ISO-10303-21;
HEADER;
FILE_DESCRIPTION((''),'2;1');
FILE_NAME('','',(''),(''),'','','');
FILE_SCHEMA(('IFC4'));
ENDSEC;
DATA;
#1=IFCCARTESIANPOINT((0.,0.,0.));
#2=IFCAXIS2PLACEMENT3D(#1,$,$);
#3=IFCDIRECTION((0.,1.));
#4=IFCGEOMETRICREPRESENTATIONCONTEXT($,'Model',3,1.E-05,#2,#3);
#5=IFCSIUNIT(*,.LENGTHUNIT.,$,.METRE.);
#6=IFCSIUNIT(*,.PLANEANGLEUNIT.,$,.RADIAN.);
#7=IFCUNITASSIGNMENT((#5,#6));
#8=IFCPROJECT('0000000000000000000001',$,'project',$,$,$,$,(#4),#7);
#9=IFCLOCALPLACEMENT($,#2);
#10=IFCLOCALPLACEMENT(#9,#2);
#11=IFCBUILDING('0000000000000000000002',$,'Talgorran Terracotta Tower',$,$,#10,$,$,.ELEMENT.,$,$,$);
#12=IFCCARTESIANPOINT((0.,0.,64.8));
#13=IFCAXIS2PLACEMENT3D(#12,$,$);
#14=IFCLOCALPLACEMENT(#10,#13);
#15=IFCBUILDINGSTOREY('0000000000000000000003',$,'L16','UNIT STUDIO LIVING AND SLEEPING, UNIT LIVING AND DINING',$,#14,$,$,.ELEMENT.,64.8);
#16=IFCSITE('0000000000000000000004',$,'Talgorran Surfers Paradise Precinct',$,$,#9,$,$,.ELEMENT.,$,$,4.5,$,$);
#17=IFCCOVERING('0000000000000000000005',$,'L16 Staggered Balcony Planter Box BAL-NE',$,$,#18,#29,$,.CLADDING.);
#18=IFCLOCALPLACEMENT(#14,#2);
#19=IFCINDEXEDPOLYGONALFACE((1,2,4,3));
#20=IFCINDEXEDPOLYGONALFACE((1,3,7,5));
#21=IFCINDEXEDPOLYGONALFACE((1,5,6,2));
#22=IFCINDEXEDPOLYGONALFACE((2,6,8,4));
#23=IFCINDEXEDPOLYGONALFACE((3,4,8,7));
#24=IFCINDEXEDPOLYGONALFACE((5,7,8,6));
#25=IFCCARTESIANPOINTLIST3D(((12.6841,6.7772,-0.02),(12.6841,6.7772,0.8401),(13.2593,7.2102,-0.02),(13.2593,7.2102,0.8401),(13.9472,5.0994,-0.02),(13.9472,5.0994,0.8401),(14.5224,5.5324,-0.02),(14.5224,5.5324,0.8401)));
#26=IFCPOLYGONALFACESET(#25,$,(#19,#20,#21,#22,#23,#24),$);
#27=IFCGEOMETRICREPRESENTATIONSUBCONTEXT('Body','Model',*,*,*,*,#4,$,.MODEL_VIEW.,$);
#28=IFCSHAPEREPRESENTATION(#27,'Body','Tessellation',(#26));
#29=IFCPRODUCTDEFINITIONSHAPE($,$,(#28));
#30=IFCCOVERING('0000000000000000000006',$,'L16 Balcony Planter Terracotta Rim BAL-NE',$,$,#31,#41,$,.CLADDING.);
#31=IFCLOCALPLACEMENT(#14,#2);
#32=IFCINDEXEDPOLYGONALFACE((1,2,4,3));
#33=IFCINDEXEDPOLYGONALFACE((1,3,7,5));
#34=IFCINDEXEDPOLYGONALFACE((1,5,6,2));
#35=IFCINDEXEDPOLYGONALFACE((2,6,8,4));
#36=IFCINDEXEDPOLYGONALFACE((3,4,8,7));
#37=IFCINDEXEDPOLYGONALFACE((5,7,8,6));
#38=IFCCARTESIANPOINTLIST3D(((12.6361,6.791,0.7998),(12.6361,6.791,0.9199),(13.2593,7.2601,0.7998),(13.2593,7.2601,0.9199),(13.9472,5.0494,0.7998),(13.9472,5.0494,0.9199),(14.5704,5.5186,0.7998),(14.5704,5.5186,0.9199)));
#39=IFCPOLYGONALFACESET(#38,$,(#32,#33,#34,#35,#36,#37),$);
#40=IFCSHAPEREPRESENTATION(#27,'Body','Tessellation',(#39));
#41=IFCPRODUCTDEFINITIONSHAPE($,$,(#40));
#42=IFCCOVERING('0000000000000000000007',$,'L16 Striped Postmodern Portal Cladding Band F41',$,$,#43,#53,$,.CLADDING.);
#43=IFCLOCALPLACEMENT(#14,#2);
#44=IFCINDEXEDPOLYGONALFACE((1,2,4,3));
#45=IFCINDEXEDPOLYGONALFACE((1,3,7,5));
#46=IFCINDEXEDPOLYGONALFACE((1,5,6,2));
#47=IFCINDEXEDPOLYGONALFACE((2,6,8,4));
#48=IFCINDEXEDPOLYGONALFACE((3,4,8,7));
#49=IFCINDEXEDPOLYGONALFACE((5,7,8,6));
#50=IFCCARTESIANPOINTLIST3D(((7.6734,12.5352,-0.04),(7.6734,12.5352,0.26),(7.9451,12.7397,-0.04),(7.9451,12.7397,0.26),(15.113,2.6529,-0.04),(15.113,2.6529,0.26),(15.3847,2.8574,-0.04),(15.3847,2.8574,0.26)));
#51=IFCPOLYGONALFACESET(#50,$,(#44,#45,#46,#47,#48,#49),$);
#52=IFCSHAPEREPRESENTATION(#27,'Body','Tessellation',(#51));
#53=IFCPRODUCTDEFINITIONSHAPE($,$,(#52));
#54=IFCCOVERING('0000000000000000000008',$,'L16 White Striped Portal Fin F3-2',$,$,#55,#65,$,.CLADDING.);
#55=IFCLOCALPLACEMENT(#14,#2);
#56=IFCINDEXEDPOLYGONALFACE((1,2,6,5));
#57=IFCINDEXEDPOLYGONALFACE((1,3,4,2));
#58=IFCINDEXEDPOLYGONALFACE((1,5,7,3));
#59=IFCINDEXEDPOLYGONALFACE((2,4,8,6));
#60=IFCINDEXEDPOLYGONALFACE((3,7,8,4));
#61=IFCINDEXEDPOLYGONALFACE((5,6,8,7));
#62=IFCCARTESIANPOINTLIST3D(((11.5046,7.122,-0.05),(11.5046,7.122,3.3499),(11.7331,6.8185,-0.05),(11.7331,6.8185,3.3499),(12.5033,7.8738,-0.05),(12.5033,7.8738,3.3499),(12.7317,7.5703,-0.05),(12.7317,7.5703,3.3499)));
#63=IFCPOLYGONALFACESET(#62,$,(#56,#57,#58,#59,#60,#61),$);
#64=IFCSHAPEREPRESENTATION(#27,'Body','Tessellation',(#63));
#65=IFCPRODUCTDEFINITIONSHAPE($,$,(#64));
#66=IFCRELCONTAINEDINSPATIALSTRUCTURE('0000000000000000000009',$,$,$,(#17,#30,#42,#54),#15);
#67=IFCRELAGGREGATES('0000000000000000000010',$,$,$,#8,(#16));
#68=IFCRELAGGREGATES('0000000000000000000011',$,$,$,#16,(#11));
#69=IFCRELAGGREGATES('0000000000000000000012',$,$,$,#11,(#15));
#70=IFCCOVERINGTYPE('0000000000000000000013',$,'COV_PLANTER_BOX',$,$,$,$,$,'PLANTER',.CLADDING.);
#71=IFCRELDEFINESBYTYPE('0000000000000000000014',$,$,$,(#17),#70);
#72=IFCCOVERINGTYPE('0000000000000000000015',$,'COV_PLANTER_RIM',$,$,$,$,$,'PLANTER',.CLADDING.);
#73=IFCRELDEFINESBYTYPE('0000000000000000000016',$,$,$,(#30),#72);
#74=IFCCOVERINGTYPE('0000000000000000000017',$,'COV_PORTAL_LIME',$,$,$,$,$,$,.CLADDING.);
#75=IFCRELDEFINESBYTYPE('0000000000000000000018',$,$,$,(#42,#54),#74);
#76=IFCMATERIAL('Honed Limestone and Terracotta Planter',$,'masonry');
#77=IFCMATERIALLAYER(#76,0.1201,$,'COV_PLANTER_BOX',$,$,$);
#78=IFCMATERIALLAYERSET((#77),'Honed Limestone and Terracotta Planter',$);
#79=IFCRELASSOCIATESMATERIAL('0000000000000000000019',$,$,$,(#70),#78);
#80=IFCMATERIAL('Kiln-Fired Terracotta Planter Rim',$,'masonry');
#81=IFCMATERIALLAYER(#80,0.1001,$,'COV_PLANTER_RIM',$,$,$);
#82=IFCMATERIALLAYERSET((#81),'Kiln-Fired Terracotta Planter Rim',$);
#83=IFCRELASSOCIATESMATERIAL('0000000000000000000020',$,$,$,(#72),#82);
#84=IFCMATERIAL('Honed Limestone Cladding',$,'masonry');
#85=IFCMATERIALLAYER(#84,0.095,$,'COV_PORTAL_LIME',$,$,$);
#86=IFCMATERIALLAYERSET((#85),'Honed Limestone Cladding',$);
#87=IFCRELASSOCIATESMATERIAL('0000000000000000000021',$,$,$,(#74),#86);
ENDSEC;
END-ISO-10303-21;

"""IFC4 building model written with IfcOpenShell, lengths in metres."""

from ifc_helpers import new_model, si_unit, direction, frame, origin, origin_2d, place, context, subcontext, project, spatial, rectangle, extrude, material, layer, layer_set, type_object, element, save


model = new_model("IFC4")

# Units and contexts
model_context = context("Model", 3, precision=1e-05, world=origin(), true_north=direction((0.0, 1.0)))
body_context = subcontext(model_context, "Body", "Model", "MODEL_VIEW")
ifc_project = project(units=[si_unit("LENGTHUNIT", "METRE"), si_unit("PLANEANGLEUNIT", "RADIAN")], contexts=[model_context])

# Site, building, storey
site_placement = place(None, origin())
site = spatial("IfcSite", under=ifc_project, at=site_placement, Name="Talgorran Surfers Paradise Precinct", CompositionType="ELEMENT", RefElevation=4.5)
building_placement = place(site_placement, origin())
building = spatial("IfcBuilding", under=site, at=building_placement, Name="Talgorran Terracotta Tower", CompositionType="ELEMENT")
storey_placement = place(building_placement, frame((0.0, 0.0, 64.8)))
storey = spatial("IfcBuildingStorey", under=building, at=storey_placement, Name="L16", Description="UNIT STUDIO LIVING AND SLEEPING, UNIT LIVING AND DINING", CompositionType="ELEMENT", Elevation=64.8)

# Coverings
ifc_material_1 = material(Name="Honed Limestone and Terracotta Planter", Category="masonry")
ifc_layer_1 = layer(ifc_material_1, 0.1201, Name="COV_PLANTER_BOX")
ifc_layer_set_1 = layer_set([ifc_layer_1], Name="Honed Limestone and Terracotta Planter")
covering_type_1 = type_object("IfcCoveringType", Name="COV_PLANTER_BOX", ElementType="PLANTER", PredefinedType="CLADDING", material=ifc_layer_set_1)
covering_1_placement = place(storey_placement, frame((13.6033, 6.1548, -0.02), z_axis=(0.0, 0.0, 1.0), x_axis=(-0.601439, 0.798919, 0.0)))
element("IfcCovering", 1, at=covering_1_placement, inside=storey, type_object=covering_type_1, Name="L16 Staggered Balcony Planter Box BAL-NE", PredefinedType="CLADDING", context=body_context, shape_type="SweptSolid", body=[
    extrude(rectangle(XDim=2.1001, YDim=0.72, at=origin_2d()), origin(), (0.0, 0.0, 1.0), 0.8601),
])
ifc_material_2 = material(Name="Kiln-Fired Terracotta Planter Rim", Category="masonry")
ifc_layer_2 = layer(ifc_material_2, 0.1001, Name="COV_PLANTER_RIM")
ifc_layer_set_2 = layer_set([ifc_layer_2], Name="Kiln-Fired Terracotta Planter Rim")
covering_type_2 = type_object("IfcCoveringType", Name="COV_PLANTER_RIM", ElementType="PLANTER", PredefinedType="CLADDING", material=ifc_layer_set_2)
covering_2_placement = place(storey_placement, frame((13.6033, 6.1548, 0.7998), z_axis=(0.0, 0.0, 1.0), x_axis=(-0.601439, 0.798919, 0.0)))
element("IfcCovering", 2, at=covering_2_placement, inside=storey, type_object=covering_type_2, Name="L16 Balcony Planter Terracotta Rim BAL-NE", PredefinedType="CLADDING", context=body_context, shape_type="SweptSolid", body=[
    extrude(rectangle(XDim=2.1799, YDim=0.78, at=origin_2d()), origin(), (0.0, 0.0, 1.0), 0.1201),
])
ifc_material_3 = material(Name="Honed Limestone Cladding", Category="masonry")
ifc_layer_3 = layer(ifc_material_3, 0.095, Name="COV_PORTAL_LIME")
ifc_layer_set_3 = layer_set([ifc_layer_3], Name="Honed Limestone Cladding")
covering_type_3 = type_object("IfcCoveringType", Name="COV_PORTAL_LIME", PredefinedType="CLADDING", material=ifc_layer_set_3)
covering_3_placement = place(storey_placement, frame((11.5291, 7.6963, -0.04), z_axis=(0.0, 0.0, 1.0), x_axis=(-0.601439, 0.798919, 0.0)))
element("IfcCovering", 3, at=covering_3_placement, inside=storey, type_object=covering_type_3, Name="L16 Striped Postmodern Portal Cladding Band F41", PredefinedType="CLADDING", context=body_context, shape_type="SweptSolid", body=[
    extrude(rectangle(XDim=12.3696, YDim=0.3401, at=origin_2d()), origin(), (0.0, 0.0, 1.0), 0.3),
])
covering_4_placement = place(storey_placement, frame((12.1182, 7.3462, -0.05), z_axis=(0.0, 0.0, 1.0), x_axis=(-0.601439, 0.798919, 0.0)))
element("IfcCovering", 4, at=covering_4_placement, inside=storey, type_object=covering_type_3, Name="L16 White Striped Portal Fin F3-2", PredefinedType="CLADDING", context=body_context, shape_type="SweptSolid", body=[
    extrude(rectangle(XDim=0.3799, YDim=1.25, at=origin_2d()), origin(), (0.0, 0.0, 1.0), 3.3999),
])

save(model, "model.ifc")
